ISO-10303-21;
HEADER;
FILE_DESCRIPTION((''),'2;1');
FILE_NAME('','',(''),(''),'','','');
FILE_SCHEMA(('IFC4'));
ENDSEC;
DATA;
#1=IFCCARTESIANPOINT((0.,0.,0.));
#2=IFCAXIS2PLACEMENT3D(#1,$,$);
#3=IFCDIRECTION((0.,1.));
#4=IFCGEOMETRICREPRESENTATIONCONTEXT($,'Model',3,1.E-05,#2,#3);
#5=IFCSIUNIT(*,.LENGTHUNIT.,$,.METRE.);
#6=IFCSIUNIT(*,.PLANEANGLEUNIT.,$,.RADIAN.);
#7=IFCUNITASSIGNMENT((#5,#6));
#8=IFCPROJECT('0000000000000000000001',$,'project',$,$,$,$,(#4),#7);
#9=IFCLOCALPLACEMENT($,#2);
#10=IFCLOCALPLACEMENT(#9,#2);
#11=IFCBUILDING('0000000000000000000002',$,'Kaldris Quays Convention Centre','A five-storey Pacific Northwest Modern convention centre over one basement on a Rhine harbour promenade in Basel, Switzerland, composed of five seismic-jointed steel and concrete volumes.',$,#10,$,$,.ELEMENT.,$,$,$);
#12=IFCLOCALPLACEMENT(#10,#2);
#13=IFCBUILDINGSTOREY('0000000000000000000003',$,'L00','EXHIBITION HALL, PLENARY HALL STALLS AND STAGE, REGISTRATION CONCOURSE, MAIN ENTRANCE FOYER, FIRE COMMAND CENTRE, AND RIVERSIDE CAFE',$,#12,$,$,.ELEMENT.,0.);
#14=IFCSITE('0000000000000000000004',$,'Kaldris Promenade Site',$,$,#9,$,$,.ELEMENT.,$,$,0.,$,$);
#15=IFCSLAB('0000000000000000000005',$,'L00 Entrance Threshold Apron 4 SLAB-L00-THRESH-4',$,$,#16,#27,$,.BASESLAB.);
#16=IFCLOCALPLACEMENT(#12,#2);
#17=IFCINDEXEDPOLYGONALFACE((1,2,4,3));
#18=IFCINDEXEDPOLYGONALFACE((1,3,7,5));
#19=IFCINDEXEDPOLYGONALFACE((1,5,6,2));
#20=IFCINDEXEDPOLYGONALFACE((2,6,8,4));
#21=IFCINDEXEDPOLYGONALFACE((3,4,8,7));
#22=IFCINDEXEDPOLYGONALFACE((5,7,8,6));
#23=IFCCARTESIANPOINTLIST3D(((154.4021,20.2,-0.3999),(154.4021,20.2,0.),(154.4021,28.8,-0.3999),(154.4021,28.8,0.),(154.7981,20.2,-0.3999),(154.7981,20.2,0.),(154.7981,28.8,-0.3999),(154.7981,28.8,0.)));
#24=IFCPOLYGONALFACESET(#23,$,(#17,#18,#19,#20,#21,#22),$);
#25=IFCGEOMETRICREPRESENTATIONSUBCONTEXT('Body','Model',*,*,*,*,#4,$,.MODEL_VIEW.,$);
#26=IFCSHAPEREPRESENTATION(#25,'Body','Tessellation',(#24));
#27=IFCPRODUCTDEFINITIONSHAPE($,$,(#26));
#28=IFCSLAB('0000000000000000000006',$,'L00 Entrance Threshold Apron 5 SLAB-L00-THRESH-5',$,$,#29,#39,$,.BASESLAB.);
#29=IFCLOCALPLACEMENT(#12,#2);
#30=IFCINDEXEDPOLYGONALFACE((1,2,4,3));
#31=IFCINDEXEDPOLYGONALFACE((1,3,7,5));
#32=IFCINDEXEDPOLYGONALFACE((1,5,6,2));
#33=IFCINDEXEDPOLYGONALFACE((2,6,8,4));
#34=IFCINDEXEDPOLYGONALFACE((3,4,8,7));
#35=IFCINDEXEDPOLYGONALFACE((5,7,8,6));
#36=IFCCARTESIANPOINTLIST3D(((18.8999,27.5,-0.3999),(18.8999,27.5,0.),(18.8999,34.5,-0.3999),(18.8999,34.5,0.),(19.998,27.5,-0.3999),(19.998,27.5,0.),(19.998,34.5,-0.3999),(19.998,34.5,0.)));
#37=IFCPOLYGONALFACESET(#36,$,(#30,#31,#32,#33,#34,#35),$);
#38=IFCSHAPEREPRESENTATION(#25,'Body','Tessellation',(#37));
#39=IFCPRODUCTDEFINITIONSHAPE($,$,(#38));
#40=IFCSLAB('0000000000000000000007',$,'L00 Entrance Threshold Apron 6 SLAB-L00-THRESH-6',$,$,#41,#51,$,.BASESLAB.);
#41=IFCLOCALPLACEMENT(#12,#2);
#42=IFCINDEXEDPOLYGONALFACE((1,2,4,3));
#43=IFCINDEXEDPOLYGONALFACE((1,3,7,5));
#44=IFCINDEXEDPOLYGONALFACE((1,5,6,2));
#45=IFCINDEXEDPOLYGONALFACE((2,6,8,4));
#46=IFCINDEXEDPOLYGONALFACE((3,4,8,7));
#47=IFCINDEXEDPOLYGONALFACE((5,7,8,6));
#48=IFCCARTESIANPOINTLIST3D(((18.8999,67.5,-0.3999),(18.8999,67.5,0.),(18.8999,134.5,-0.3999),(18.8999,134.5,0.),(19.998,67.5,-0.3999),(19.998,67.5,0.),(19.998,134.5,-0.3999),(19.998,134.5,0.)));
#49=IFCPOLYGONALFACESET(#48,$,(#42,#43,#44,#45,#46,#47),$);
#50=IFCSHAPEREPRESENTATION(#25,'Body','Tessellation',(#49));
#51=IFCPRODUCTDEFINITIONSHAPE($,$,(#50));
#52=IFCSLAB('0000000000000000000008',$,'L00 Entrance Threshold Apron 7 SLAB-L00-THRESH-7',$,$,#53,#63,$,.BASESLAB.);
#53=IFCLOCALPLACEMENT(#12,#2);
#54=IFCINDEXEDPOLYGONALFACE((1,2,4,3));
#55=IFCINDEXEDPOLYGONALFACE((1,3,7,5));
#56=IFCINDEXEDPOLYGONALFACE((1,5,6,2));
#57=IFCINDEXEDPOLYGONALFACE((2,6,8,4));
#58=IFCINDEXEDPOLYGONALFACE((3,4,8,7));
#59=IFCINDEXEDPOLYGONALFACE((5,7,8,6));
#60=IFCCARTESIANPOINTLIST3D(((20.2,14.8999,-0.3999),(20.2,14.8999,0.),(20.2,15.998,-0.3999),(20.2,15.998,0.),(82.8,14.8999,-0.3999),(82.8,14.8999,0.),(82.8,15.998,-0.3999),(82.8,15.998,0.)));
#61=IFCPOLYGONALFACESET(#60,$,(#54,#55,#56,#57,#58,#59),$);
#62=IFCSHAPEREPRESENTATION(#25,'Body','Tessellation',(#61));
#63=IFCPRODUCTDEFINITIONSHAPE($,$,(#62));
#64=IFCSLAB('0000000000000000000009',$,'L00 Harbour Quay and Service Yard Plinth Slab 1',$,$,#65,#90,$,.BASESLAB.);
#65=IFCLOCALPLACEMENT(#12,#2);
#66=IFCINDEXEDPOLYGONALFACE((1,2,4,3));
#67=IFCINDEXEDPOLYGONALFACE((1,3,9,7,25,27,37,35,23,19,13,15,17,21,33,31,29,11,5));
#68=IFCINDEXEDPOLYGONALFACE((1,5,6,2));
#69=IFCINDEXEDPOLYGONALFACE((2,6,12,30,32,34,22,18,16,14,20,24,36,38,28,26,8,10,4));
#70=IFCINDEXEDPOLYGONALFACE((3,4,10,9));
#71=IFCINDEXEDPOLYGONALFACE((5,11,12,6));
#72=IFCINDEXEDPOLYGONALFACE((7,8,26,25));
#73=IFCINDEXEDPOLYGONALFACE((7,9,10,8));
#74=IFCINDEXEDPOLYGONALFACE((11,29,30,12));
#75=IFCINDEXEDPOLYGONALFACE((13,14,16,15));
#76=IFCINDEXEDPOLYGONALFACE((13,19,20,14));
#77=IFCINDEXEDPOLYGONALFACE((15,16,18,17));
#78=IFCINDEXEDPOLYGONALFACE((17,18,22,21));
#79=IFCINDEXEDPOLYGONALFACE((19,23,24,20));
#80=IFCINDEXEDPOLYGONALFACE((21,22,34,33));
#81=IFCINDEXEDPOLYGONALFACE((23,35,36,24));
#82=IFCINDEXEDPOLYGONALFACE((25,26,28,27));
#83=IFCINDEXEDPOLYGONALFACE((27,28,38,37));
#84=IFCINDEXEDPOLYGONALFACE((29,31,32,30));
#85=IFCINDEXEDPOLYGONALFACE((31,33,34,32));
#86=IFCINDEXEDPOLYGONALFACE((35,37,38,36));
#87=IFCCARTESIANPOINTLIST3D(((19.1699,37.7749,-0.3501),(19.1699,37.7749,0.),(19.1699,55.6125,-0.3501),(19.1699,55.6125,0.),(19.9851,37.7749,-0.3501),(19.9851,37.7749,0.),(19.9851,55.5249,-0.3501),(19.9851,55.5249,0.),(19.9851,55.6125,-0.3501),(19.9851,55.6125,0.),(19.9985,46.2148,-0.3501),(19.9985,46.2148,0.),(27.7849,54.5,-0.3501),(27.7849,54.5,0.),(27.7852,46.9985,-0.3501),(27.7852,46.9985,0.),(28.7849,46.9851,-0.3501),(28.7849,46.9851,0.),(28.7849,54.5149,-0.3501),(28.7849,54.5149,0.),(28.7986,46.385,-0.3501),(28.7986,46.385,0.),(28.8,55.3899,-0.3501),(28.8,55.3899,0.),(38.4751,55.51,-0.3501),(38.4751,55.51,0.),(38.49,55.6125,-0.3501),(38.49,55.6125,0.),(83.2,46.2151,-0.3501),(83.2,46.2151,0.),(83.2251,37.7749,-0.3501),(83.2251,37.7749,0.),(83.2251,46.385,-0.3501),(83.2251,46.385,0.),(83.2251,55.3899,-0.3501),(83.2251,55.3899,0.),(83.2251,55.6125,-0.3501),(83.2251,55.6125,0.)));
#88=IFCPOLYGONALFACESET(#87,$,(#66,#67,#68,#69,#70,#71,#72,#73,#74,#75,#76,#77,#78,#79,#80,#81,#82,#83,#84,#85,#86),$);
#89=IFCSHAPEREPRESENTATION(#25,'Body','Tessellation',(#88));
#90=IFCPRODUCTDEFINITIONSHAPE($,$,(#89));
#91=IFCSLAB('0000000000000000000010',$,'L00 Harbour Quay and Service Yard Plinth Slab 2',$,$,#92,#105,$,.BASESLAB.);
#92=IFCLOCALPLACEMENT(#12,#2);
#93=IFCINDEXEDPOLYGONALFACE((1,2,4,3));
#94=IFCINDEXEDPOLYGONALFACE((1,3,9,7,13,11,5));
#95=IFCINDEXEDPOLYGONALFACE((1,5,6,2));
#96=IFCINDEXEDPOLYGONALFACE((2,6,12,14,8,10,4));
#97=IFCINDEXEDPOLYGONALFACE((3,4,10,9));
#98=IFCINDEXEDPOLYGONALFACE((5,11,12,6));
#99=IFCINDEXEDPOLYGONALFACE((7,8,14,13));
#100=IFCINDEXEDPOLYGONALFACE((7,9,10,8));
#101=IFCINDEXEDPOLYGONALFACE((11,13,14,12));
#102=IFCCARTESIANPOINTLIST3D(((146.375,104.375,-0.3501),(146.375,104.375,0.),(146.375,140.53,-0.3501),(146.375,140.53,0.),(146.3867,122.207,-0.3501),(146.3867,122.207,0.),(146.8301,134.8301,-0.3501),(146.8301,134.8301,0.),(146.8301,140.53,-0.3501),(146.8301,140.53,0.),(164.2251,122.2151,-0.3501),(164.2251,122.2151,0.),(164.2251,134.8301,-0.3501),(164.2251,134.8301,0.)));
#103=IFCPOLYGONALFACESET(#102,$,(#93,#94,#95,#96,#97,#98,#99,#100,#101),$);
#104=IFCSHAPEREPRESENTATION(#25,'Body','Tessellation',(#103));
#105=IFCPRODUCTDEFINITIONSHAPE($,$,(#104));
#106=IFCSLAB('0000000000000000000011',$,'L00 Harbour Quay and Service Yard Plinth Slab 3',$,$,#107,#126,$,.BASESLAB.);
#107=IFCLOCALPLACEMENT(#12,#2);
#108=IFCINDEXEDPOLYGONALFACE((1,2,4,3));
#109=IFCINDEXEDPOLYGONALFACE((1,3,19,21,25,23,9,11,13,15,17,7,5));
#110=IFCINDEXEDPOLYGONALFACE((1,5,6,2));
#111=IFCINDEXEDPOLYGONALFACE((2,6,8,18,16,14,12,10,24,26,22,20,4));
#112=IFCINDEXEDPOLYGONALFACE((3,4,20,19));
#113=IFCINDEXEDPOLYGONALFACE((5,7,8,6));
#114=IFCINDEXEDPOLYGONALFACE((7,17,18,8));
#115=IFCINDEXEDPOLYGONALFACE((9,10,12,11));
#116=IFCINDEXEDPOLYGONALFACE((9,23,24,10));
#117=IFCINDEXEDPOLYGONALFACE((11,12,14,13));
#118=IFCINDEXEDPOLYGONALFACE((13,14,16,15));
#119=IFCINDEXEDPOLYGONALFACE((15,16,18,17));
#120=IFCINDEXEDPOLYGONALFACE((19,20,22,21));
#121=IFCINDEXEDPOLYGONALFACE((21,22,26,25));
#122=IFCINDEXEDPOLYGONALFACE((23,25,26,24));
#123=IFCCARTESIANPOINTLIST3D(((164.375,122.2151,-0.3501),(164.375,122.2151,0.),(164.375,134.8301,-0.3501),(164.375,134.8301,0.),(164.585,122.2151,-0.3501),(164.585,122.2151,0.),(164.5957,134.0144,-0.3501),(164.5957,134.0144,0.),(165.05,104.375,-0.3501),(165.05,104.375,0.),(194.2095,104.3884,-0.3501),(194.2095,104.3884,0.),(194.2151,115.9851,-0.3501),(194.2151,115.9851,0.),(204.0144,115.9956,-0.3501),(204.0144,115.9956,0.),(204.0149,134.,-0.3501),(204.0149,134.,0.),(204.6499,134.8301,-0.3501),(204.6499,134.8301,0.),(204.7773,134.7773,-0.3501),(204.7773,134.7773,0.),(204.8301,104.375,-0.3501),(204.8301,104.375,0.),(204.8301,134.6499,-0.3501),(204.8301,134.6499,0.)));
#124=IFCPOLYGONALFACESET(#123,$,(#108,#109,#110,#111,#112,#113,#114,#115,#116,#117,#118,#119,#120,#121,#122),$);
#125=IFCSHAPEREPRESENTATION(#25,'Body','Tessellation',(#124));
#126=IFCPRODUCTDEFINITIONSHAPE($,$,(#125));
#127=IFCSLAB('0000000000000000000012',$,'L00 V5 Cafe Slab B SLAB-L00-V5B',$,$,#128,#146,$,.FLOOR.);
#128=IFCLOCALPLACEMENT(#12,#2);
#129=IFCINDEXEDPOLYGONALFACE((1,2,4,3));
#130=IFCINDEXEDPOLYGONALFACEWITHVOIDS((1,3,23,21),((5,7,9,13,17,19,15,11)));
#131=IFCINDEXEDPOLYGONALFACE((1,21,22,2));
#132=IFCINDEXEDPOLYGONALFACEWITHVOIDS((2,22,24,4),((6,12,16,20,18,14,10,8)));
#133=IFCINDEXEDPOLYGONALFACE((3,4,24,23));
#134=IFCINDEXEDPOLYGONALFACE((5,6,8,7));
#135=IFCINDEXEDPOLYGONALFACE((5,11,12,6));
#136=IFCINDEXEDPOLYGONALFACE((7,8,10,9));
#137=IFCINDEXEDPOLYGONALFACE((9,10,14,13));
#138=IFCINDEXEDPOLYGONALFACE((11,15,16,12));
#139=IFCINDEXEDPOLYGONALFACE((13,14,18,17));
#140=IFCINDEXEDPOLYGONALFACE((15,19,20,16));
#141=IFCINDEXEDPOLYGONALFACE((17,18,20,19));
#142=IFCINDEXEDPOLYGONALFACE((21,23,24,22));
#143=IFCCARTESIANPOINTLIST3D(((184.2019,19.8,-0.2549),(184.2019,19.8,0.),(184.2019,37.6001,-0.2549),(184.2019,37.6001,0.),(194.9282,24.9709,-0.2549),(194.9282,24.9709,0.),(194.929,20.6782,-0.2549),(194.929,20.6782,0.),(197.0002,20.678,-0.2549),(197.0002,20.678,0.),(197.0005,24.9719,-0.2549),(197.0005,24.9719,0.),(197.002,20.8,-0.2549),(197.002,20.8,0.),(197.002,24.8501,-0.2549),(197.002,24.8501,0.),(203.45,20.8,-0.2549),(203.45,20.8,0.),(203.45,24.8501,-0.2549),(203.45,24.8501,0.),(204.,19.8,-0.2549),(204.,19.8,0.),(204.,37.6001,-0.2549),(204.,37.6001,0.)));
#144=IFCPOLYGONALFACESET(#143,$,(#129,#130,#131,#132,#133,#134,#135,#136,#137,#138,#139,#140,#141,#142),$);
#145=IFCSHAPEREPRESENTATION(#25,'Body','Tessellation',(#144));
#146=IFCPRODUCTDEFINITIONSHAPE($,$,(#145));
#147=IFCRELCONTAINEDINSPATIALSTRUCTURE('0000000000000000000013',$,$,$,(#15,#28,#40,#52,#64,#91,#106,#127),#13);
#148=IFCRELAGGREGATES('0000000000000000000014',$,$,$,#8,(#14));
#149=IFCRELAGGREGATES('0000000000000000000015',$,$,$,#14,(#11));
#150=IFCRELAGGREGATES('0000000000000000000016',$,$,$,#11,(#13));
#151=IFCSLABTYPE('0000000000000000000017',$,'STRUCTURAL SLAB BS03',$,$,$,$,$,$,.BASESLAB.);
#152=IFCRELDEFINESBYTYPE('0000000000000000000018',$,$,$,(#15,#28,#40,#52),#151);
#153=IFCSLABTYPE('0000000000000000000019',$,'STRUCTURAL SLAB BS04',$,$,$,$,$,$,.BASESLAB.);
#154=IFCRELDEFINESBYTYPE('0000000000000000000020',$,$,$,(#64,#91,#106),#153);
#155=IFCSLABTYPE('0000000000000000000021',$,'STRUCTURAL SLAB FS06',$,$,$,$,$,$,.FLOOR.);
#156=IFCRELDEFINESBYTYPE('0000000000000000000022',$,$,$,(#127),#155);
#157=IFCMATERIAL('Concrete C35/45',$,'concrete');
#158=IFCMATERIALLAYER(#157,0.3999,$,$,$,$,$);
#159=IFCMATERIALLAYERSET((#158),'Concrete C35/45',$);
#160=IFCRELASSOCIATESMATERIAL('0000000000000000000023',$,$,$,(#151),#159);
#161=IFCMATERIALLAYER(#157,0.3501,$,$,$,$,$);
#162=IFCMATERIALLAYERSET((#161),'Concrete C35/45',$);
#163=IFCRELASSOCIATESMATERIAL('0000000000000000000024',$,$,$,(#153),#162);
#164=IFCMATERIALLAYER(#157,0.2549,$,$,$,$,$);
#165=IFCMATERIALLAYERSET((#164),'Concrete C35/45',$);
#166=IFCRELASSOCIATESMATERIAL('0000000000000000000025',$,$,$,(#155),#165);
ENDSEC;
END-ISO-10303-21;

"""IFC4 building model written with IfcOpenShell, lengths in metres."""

from ifc_helpers import new_model, si_unit, direction, frame, origin, place, context, subcontext, project, spatial, polyline, outline, extrude, material, layer, layer_set, type_object, element, save


model = new_model("IFC4")

# Units and contexts
model_context = context("Model", 3, precision=1e-05, world=origin(), true_north=direction((0.0, 1.0)))
body_context = subcontext(model_context, "Body", "Model", "MODEL_VIEW")
ifc_project = project(units=[si_unit("LENGTHUNIT", "METRE"), si_unit("PLANEANGLEUNIT", "RADIAN")], contexts=[model_context])

# Site, building, storey
site_placement = place(None, origin())
site = spatial("IfcSite", under=ifc_project, at=site_placement, Name="Kaldris Promenade Site", CompositionType="ELEMENT", RefElevation=0.0)
building_placement = place(site_placement, origin())
building = spatial("IfcBuilding", under=site, at=building_placement, Name="Kaldris Quays Convention Centre", Description="A five-storey Pacific Northwest Modern convention centre over one basement on a Rhine harbour promenade in Basel, Switzerland, composed of five seismic-jointed steel and concrete volumes.", CompositionType="ELEMENT")
storey_placement = place(building_placement, origin())
storey = spatial("IfcBuildingStorey", under=building, at=storey_placement, Name="L00", Description="EXHIBITION HALL, PLENARY HALL STALLS AND STAGE, REGISTRATION CONCOURSE, MAIN ENTRANCE FOYER, FIRE COMMAND CENTRE, AND RIVERSIDE CAFE", CompositionType="ELEMENT", Elevation=0.0)

# Shared definitions
ifc_material = material(Name="Concrete C35/45", Category="concrete")

# Slabs
ifc_layer_1 = layer(ifc_material, 0.3999)
ifc_layer_set_1 = layer_set([ifc_layer_1], Name="Concrete C35/45")
slab_type_1 = type_object("IfcSlabType", Name="STRUCTURAL SLAB BS03", PredefinedType="BASESLAB", material=ifc_layer_set_1)
slab_1_placement = place(storey_placement, frame((0.0, 0.0, -0.3999)))
element("IfcSlab", 1, at=slab_1_placement, inside=storey, type_object=slab_type_1, Name="L00 Entrance Threshold Apron 4 SLAB-L00-THRESH-4", PredefinedType="BASESLAB", context=body_context, shape_type="SweptSolid", body=[
    extrude(outline(polyline([(154.7981, 28.8), (154.7981, 20.2), (154.4021, 20.2), (154.4021, 28.8), (154.7981, 28.8)])), origin(), (0.0, 0.0, 1.0), 0.3999),
])
slab_2_placement = place(storey_placement, frame((0.0, 0.0, -0.3999)))
element("IfcSlab", 2, at=slab_2_placement, inside=storey, type_object=slab_type_1, Name="L00 Entrance Threshold Apron 5 SLAB-L00-THRESH-5", PredefinedType="BASESLAB", context=body_context, shape_type="SweptSolid", body=[
    extrude(outline(polyline([(18.8999, 27.5), (18.8999, 34.5), (19.998, 34.5), (19.998, 27.5), (18.8999, 27.5)])), origin(), (0.0, 0.0, 1.0), 0.3999),
])
slab_3_placement = place(storey_placement, frame((0.0, 0.0, -0.3999)))
element("IfcSlab", 3, at=slab_3_placement, inside=storey, type_object=slab_type_1, Name="L00 Entrance Threshold Apron 6 SLAB-L00-THRESH-6", PredefinedType="BASESLAB", context=body_context, shape_type="SweptSolid", body=[
    extrude(outline(polyline([(18.8999, 67.5), (18.8999, 134.5), (19.998, 134.5), (19.998, 67.5), (18.8999, 67.5)])), origin(), (0.0, 0.0, 1.0), 0.3999),
])
slab_4_placement = place(storey_placement, frame((0.0, 0.0, -0.3999)))
element("IfcSlab", 4, at=slab_4_placement, inside=storey, type_object=slab_type_1, Name="L00 Entrance Threshold Apron 7 SLAB-L00-THRESH-7", PredefinedType="BASESLAB", context=body_context, shape_type="SweptSolid", body=[
    extrude(outline(polyline([(82.8, 14.8999), (20.2, 14.8999), (20.2, 15.998), (82.8, 15.998), (82.8, 14.8999)])), origin(), (0.0, 0.0, 1.0), 0.3999),
])
ifc_layer_2 = layer(ifc_material, 0.3501)
ifc_layer_set_2 = layer_set([ifc_layer_2], Name="Concrete C35/45")
slab_type_2 = type_object("IfcSlabType", Name="STRUCTURAL SLAB BS04", PredefinedType="BASESLAB", material=ifc_layer_set_2)
slab_5_placement = place(storey_placement, frame((0.0, 0.0, -0.3501)))
element("IfcSlab", 5, at=slab_5_placement, inside=storey, type_object=slab_type_2, Name="L00 Harbour Quay and Service Yard Plinth Slab 1", PredefinedType="BASESLAB", context=body_context, shape_type="SweptSolid", body=[
    extrude(outline(polyline([(19.9851, 55.5249), (38.4751, 55.51), (38.49, 55.6125), (83.2251, 55.6125), (83.2251, 55.3899), (28.8, 55.3899), (28.7849, 54.5149), (27.7849, 54.5), (27.7852, 46.9985), (28.7849, 46.9851), (28.7986, 46.385), (83.2251, 46.385), (83.2251, 37.7749), (83.2, 46.2151), (19.9985, 46.2148), (19.9851, 37.7749), (19.1699, 37.7749), (19.1699, 55.6125), (19.9851, 55.6125), (19.9851, 55.5249)])), origin(), (0.0, 0.0, 1.0), 0.3501),
])
slab_6_placement = place(storey_placement, frame((0.0, 0.0, -0.3501)))
element("IfcSlab", 6, at=slab_6_placement, inside=storey, type_object=slab_type_2, Name="L00 Harbour Quay and Service Yard Plinth Slab 2", PredefinedType="BASESLAB", context=body_context, shape_type="SweptSolid", body=[
    extrude(outline(polyline([(164.2251, 134.8301), (164.2251, 122.2151), (146.3867, 122.207), (146.375, 104.375), (146.375, 140.53), (146.8301, 140.53), (146.8301, 134.8301), (164.2251, 134.8301)])), origin(), (0.0, 0.0, 1.0), 0.3501),
])
slab_7_placement = place(storey_placement, frame((0.0, 0.0, -0.3501)))
element("IfcSlab", 7, at=slab_7_placement, inside=storey, type_object=slab_type_2, Name="L00 Harbour Quay and Service Yard Plinth Slab 3", PredefinedType="BASESLAB", context=body_context, shape_type="SweptSolid", body=[
    extrude(outline(polyline([(204.6499, 134.8301), (204.7773, 134.7773), (204.8301, 134.6499), (204.8301, 104.375), (165.05, 104.375), (194.2095, 104.3884), (194.2151, 115.9851), (204.0144, 115.9956), (204.0149, 134.0), (164.5957, 134.0144), (164.585, 122.2151), (164.375, 122.2151), (164.375, 134.8301), (204.6499, 134.8301)])), origin(), (0.0, 0.0, 1.0), 0.3501),
])
ifc_layer_3 = layer(ifc_material, 0.2549)
ifc_layer_set_3 = layer_set([ifc_layer_3], Name="Concrete C35/45")
slab_type_3 = type_object("IfcSlabType", Name="STRUCTURAL SLAB FS06", PredefinedType="FLOOR", material=ifc_layer_set_3)
slab_8_placement = place(storey_placement, frame((0.0, 0.0, -0.2549)))
element("IfcSlab", 8, at=slab_8_placement, inside=storey, type_object=slab_type_3, Name="L00 V5 Cafe Slab B SLAB-L00-V5B", PredefinedType="FLOOR", context=body_context, shape_type="SweptSolid", body=[
    extrude(outline(polyline([(204.0, 37.6001), (204.0, 19.8), (184.2019, 19.8), (184.2019, 37.6001), (204.0, 37.6001)]), holes=[polyline([(197.0005, 24.9719), (194.9282, 24.9709), (194.929, 20.6782), (197.0002, 20.678), (197.002, 20.8), (203.45, 20.8), (203.45, 24.8501), (197.002, 24.8501), (197.0005, 24.9719)])]), origin(), (0.0, 0.0, 1.0), 0.2549),
])

save(model, "model.ifc")
